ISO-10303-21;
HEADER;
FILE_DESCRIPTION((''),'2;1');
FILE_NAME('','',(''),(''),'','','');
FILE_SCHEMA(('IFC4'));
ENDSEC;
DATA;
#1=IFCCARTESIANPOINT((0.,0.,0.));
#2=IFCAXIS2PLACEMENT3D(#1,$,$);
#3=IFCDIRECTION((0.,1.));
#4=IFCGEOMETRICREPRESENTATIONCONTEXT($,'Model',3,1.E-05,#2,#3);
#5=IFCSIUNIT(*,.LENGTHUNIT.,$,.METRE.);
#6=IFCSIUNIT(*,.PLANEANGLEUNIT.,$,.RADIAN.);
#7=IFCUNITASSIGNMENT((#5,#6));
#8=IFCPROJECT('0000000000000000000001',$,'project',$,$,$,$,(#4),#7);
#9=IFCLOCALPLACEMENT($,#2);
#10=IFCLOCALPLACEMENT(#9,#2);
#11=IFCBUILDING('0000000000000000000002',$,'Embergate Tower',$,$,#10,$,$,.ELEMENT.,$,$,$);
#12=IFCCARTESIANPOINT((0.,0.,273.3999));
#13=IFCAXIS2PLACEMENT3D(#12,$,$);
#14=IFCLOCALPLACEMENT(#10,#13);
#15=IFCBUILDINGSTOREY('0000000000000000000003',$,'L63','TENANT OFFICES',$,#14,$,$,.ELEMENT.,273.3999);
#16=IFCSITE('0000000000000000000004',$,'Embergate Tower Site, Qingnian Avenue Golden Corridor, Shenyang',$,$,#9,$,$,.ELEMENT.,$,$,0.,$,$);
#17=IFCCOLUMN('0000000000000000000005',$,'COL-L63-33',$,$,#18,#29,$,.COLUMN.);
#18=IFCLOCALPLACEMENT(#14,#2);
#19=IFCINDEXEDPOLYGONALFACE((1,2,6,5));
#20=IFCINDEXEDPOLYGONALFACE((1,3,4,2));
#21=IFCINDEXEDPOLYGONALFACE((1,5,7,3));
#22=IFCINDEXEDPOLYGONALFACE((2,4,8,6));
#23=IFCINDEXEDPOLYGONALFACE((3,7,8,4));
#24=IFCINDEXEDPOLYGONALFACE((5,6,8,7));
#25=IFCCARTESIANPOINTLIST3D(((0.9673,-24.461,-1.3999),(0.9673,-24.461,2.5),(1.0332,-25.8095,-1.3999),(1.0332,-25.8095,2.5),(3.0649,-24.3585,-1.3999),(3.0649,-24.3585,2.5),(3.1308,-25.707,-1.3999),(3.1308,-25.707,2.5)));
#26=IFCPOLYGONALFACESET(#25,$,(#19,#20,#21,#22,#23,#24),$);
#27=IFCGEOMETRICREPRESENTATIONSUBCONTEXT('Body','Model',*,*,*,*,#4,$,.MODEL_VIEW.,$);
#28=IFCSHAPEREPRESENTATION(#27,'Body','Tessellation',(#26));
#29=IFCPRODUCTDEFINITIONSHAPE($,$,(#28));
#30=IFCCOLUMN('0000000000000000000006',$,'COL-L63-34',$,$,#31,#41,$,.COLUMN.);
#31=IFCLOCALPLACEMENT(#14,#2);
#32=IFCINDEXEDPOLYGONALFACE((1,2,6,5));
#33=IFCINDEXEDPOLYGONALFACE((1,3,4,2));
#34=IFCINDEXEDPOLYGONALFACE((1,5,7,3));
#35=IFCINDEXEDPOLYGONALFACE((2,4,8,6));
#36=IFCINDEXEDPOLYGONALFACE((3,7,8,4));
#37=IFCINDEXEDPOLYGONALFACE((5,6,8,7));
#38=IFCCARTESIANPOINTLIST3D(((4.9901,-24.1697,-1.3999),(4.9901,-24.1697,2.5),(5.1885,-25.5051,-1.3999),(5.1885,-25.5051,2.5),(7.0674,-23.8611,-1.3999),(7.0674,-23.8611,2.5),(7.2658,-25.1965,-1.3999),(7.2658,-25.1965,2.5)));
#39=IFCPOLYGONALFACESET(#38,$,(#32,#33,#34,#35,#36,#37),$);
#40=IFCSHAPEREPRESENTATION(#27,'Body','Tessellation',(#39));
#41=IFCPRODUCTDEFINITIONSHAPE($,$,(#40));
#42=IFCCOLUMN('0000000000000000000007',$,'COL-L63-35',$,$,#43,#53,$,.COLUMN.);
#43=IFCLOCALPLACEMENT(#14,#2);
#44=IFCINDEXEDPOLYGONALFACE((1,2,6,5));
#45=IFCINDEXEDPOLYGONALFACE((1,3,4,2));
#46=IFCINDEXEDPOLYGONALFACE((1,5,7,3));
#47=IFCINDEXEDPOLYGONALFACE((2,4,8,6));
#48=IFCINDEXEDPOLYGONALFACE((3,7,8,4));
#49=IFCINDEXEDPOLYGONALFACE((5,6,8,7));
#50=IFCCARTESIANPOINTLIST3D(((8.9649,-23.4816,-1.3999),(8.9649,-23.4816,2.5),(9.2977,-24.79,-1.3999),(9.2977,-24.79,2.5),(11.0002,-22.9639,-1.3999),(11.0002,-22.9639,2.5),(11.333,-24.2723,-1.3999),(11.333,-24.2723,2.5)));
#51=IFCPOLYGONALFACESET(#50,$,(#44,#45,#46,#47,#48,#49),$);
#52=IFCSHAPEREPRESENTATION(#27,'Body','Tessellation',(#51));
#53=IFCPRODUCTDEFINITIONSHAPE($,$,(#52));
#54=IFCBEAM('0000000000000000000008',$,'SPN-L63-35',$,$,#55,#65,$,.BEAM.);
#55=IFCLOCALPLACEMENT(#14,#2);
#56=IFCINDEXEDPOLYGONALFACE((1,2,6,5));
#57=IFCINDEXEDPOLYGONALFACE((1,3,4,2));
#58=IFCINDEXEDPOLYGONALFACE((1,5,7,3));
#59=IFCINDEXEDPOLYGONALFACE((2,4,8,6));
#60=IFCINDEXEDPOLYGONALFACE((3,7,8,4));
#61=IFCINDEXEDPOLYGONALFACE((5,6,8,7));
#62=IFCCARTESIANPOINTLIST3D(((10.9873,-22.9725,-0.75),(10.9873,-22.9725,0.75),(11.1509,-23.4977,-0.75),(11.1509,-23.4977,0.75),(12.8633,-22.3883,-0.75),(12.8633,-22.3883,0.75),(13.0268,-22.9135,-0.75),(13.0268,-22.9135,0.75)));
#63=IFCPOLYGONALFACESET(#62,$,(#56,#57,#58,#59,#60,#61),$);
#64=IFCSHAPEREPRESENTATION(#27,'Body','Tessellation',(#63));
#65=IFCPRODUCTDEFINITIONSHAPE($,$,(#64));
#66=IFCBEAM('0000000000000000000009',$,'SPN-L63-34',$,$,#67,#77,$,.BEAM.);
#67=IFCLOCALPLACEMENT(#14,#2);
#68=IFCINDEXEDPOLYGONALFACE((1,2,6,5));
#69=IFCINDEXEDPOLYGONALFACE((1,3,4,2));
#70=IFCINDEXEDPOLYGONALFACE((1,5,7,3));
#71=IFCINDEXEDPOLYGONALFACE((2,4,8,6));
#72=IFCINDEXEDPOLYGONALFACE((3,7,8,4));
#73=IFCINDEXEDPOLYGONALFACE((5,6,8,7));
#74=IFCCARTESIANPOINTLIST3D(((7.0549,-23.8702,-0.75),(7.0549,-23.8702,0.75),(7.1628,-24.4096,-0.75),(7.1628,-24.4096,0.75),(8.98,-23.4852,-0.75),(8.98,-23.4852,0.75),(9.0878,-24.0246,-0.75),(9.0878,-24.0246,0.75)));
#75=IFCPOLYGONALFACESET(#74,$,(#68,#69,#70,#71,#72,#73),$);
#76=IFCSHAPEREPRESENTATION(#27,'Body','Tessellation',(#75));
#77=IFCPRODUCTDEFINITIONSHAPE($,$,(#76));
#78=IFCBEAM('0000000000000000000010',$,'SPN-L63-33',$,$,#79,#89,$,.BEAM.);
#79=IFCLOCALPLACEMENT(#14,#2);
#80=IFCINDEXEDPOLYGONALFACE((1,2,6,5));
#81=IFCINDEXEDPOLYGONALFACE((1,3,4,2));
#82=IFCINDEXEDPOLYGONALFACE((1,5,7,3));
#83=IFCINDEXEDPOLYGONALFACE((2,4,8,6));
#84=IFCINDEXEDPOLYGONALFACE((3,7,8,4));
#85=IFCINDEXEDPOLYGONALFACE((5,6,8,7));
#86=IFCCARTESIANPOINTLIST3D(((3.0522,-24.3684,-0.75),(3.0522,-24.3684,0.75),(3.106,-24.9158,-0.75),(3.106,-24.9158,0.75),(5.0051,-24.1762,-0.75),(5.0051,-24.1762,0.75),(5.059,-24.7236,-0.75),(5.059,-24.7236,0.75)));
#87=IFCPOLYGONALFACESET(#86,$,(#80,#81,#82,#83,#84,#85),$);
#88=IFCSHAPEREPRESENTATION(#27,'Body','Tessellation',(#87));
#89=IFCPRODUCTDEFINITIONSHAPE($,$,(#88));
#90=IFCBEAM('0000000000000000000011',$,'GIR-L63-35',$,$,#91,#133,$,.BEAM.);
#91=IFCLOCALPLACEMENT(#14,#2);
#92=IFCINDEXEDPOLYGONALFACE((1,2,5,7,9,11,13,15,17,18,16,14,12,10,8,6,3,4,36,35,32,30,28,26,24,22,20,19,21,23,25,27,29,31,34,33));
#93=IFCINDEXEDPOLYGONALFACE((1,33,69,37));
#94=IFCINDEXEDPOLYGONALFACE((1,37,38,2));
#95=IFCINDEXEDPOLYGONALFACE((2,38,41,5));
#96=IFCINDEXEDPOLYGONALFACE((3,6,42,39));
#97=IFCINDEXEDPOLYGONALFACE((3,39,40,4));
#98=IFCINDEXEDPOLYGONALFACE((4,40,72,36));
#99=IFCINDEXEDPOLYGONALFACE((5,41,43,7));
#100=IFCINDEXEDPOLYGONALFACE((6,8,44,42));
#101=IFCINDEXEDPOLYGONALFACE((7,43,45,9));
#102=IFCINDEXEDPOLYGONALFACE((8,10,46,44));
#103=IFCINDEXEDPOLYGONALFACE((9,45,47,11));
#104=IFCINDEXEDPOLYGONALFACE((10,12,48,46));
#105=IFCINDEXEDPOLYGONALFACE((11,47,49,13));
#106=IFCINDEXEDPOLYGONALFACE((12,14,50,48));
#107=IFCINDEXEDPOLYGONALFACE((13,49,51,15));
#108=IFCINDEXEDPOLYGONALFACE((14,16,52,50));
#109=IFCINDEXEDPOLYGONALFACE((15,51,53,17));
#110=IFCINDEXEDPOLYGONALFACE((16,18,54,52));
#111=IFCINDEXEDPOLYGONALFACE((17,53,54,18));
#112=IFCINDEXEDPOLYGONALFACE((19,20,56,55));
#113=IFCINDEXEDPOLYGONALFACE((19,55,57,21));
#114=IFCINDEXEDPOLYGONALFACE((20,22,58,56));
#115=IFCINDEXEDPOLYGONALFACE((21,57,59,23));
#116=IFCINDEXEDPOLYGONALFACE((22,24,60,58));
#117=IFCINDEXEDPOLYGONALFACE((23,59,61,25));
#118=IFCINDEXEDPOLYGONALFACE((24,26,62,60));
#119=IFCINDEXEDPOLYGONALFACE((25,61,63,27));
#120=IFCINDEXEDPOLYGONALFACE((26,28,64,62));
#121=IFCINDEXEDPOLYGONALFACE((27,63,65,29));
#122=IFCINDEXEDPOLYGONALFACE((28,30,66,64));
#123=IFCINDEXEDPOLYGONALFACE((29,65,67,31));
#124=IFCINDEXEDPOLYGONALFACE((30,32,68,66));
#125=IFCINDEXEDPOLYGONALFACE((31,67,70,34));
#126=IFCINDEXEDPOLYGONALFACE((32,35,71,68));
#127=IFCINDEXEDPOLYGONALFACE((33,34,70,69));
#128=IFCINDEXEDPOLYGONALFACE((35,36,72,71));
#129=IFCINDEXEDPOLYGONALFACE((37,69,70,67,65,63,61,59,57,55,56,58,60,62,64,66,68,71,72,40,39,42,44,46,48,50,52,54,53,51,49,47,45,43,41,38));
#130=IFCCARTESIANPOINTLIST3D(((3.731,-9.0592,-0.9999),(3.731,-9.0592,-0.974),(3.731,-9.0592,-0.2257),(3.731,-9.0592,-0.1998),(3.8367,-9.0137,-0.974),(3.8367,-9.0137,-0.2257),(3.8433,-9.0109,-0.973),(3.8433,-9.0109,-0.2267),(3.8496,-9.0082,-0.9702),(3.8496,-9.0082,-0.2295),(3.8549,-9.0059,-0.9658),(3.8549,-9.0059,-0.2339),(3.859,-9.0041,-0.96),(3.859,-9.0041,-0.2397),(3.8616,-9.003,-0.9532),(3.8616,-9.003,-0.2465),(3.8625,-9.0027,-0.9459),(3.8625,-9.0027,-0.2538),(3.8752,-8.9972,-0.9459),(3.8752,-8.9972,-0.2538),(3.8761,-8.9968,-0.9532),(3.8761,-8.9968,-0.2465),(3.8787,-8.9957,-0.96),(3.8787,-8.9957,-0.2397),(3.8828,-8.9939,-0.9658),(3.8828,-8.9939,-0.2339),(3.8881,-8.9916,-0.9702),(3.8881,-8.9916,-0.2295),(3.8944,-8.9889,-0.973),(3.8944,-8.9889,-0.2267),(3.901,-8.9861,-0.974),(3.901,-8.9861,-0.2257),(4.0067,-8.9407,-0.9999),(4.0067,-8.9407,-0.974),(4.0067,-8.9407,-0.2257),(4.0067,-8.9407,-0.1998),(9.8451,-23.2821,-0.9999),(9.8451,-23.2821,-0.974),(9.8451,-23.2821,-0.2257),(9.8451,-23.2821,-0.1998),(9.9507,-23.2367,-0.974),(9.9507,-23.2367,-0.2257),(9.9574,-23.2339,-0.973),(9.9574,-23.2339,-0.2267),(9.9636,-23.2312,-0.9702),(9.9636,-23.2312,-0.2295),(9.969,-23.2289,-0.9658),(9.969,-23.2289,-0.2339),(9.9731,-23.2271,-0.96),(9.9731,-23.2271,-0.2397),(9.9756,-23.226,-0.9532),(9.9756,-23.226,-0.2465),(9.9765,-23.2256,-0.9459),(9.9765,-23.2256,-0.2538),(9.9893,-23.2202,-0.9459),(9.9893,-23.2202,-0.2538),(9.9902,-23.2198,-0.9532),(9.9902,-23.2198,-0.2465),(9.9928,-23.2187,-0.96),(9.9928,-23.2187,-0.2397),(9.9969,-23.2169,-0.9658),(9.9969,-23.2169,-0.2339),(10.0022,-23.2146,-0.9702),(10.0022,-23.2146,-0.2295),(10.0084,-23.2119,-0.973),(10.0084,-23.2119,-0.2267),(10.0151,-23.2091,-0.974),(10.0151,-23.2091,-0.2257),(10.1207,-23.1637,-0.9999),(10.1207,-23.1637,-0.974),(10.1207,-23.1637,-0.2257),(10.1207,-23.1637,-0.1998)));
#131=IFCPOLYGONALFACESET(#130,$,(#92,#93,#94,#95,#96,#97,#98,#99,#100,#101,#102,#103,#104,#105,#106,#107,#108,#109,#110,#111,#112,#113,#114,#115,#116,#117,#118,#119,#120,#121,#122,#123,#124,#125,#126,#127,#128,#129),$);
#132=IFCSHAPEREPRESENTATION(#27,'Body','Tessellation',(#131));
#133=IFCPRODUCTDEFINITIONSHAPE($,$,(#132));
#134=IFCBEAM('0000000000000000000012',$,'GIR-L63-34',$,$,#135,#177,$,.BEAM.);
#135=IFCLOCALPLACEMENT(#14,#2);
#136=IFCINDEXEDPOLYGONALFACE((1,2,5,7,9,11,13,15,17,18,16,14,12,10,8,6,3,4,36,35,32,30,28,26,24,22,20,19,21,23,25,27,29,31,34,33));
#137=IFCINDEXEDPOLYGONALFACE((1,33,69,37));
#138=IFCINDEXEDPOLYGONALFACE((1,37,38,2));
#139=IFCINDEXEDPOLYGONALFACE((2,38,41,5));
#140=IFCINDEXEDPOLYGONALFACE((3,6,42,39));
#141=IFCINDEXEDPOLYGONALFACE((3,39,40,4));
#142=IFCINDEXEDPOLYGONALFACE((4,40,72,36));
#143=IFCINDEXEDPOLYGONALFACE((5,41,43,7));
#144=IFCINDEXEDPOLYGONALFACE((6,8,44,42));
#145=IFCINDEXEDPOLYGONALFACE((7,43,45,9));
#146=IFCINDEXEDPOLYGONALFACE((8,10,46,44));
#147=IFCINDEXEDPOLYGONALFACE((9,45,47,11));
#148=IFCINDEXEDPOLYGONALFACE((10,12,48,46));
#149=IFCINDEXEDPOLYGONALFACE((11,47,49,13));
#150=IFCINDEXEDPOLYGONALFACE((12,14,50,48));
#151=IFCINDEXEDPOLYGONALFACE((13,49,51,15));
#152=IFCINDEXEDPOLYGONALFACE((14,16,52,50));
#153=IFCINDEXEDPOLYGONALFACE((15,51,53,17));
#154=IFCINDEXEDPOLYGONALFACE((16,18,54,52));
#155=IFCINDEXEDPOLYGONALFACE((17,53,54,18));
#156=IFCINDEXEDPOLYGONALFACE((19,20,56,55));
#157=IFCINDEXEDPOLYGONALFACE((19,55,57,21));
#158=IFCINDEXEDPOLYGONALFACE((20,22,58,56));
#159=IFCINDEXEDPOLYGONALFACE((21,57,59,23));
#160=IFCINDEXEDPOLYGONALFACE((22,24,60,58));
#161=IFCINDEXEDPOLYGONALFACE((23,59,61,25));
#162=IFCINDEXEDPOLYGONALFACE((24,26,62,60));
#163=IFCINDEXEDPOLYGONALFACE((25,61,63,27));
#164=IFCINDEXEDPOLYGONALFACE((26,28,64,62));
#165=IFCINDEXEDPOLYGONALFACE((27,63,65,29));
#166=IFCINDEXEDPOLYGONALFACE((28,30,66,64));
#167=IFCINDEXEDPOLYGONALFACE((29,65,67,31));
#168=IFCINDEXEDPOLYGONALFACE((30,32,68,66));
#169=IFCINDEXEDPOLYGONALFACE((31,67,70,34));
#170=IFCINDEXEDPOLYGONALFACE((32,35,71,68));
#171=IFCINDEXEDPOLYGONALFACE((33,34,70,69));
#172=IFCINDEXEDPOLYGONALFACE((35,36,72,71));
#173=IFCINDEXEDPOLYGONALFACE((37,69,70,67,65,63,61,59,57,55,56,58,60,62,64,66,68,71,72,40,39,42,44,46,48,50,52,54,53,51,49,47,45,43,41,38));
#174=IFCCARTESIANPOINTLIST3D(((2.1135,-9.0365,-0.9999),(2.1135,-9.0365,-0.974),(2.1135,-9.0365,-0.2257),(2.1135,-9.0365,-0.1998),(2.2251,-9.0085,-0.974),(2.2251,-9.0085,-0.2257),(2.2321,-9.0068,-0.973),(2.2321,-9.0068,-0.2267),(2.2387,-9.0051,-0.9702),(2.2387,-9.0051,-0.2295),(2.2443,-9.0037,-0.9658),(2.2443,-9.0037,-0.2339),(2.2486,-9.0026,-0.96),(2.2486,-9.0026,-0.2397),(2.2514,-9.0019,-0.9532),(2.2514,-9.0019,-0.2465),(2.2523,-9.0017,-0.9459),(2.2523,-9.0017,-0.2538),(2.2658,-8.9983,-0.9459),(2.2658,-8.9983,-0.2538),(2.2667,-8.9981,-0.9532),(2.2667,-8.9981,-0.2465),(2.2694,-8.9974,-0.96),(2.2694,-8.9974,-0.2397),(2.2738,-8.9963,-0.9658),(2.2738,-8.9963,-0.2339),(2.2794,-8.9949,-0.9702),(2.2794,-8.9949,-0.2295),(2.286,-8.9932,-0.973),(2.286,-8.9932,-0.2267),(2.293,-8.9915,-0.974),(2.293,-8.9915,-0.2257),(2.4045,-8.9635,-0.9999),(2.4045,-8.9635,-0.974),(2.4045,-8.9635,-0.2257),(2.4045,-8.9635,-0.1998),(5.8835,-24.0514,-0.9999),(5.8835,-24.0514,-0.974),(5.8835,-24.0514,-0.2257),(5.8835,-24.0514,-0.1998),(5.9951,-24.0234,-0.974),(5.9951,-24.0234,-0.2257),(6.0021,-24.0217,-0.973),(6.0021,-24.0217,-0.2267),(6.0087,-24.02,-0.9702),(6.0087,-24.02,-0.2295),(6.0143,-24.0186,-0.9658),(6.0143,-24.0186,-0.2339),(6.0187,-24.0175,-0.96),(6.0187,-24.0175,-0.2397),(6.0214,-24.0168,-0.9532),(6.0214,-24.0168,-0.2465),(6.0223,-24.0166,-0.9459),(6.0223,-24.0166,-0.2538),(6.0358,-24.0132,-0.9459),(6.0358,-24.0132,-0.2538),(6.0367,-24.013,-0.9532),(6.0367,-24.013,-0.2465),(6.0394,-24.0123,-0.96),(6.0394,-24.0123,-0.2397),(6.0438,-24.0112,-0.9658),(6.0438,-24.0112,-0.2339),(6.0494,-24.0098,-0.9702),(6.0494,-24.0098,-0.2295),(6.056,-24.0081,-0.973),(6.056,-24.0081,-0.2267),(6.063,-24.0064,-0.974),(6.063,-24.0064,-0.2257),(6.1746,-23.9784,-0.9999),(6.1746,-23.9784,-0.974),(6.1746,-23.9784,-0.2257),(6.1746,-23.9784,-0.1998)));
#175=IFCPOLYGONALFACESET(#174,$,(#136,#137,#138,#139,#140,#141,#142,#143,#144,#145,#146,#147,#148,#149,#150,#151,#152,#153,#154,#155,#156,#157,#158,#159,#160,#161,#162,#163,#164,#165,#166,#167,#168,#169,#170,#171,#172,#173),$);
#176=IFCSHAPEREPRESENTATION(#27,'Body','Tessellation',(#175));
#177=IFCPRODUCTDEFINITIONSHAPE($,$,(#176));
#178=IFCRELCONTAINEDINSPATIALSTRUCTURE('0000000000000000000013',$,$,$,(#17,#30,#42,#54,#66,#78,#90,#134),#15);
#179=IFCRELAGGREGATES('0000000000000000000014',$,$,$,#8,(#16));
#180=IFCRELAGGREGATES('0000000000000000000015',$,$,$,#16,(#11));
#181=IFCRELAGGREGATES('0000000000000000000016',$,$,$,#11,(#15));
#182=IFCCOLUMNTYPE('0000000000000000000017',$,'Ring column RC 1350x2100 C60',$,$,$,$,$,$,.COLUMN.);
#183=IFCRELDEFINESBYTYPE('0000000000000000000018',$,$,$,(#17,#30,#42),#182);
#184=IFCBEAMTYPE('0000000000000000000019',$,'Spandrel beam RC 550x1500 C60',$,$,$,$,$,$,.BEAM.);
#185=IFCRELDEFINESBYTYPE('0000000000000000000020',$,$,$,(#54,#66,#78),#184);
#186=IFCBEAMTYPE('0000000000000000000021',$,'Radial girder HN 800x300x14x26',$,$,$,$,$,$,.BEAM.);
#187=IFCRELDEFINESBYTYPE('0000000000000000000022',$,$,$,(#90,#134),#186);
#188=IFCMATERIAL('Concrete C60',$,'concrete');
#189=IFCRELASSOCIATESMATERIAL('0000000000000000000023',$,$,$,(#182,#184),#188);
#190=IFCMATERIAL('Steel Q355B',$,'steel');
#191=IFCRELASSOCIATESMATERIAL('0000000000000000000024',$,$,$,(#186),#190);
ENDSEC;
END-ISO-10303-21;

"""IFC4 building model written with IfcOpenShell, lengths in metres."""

from ifc_helpers import new_model, si_unit, direction, frame, origin, origin_2d, place, context, subcontext, project, spatial, rectangle, i_section, extrude, source, transform, mapped, material, material_profile, profile_set, type_object, element, save


model = new_model("IFC4")

# Units and contexts
model_context = context("Model", 3, precision=1e-05, world=origin(), true_north=direction((0.0, 1.0)))
body_context = subcontext(model_context, "Body", "Model", "MODEL_VIEW")
ifc_project = project(units=[si_unit("LENGTHUNIT", "METRE"), si_unit("PLANEANGLEUNIT", "RADIAN")], contexts=[model_context])

# Site, building, storey
site_placement = place(None, origin())
site = spatial("IfcSite", under=ifc_project, at=site_placement, Name="Embergate Tower Site, Qingnian Avenue Golden Corridor, Shenyang", CompositionType="ELEMENT", RefElevation=0.0)
building_placement = place(site_placement, origin())
building = spatial("IfcBuilding", under=site, at=building_placement, Name="Embergate Tower", CompositionType="ELEMENT")
storey_placement = place(building_placement, frame((0.0, 0.0, 273.3999)))
storey = spatial("IfcBuildingStorey", under=building, at=storey_placement, Name="L63", Description="TENANT OFFICES", CompositionType="ELEMENT", Elevation=273.3999)

# Columns
ifc_material_1 = material(Name="Concrete C60", Category="concrete")
ifc_material_profile_1 = material_profile(ifc_material_1, rectangle(XDim=1.3501, YDim=2.1001, at=origin_2d()), Name="RC 1350x2100")
ifc_profile_set_1 = profile_set([ifc_material_profile_1], Name="Concrete C60")
column_type = type_object("IfcColumnType", Name="Ring column RC 1350x2100 C60", PredefinedType="COLUMN", material=ifc_profile_set_1)
shared_shape_1 = source(origin(), body_context, "Body", "SweptSolid", [
    extrude(rectangle(XDim=1.3501, YDim=2.1001, at=origin_2d()), origin(), (0.0, 0.0, 1.0), 3.8999),
])
for number, where, z_axis, x_axis, name in (
    (1, (2.0491, -25.084, -1.3999), (0.0, 0.0, 1.0), (0.048815, -0.998808, 0.0), "COL-L63-33"),
    (2, (6.1279, -24.6831, -1.3999), (0.0, 0.0, 1.0), (0.146929, -0.989147, 0.0), "COL-L63-34"),
    (3, (10.1489, -23.877, -1.3999), (0.0, 0.0, 1.0), (0.246492, -0.969145, 0.0), "COL-L63-35"),
):
    element("IfcColumn", number, at=place(storey_placement, frame(where, z_axis=z_axis, x_axis=x_axis)), inside=storey, type_object=column_type, Name=name, PredefinedType="COLUMN", context=body_context, shape_type="MappedRepresentation", body=[
        mapped(shared_shape_1, transform((0.0, 0.0, 0.0))),
    ])

# Beams
ifc_material_profile_2 = material_profile(ifc_material_1, rectangle(XDim=0.55, YDim=1.5, at=origin_2d()), Name="RC 550x1500")
ifc_profile_set_2 = profile_set([ifc_material_profile_2], Name="Concrete C60")
beam_type_1 = type_object("IfcBeamType", Name="Spandrel beam RC 550x1500 C60", PredefinedType="BEAM", material=ifc_profile_set_2)
shared_shape_2 = source(origin(), body_context, "Body", "SweptSolid", [
    extrude(rectangle(XDim=0.55, YDim=1.5, at=origin_2d()), origin(), (0.0, 0.0, 1.0), 1.9648),
])
beam_1_placement = place(storey_placement, frame((11.0691, -23.2351, 0.0), z_axis=(0.954771, 0.297341, 0.0), x_axis=(-0.297341, 0.954771, 0.0)))
element("IfcBeam", 4, at=beam_1_placement, inside=storey, type_object=beam_type_1, Name="SPN-L63-35", PredefinedType="BEAM", context=body_context, shape_type="MappedRepresentation", body=[
    mapped(shared_shape_2, transform((0.0, 0.0, 0.0))),
])
shared_shape_3 = source(origin(), body_context, "Body", "SweptSolid", [
    extrude(rectangle(XDim=0.55, YDim=1.5, at=origin_2d()), origin(), (0.0, 0.0, 1.0), 1.9631),
])
beam_2_placement = place(storey_placement, frame((7.1089, -24.1399, 0.0), z_axis=(0.980581, 0.196116, 0.0), x_axis=(-0.196116, 0.980581, 0.0)))
element("IfcBeam", 5, at=beam_2_placement, inside=storey, type_object=beam_type_1, Name="SPN-L63-34", PredefinedType="BEAM", context=body_context, shape_type="MappedRepresentation", body=[
    mapped(shared_shape_3, transform((0.0, 0.0, 0.0))),
])
shared_shape_4 = source(origin(), body_context, "Body", "SweptSolid", [
    extrude(rectangle(XDim=0.55, YDim=1.5, at=origin_2d()), origin(), (0.0, 0.0, 1.0), 1.9624),
])
beam_3_placement = place(storey_placement, frame((3.0791, -24.6421, 0.0), z_axis=(0.995195, 0.097915, 0.0), x_axis=(-0.097915, 0.995195, 0.0)))
element("IfcBeam", 6, at=beam_3_placement, inside=storey, type_object=beam_type_1, Name="SPN-L63-33", PredefinedType="BEAM", context=body_context, shape_type="MappedRepresentation", body=[
    mapped(shared_shape_4, transform((0.0, 0.0, 0.0))),
])
ifc_material_2 = material(Name="Steel Q355B", Category="steel")
ifc_material_profile_3 = material_profile(ifc_material_2, i_section(OverallWidth=0.3, OverallDepth=0.8, WebThickness=0.0139, FlangeThickness=0.0259, FilletRadius=0.0281, at=origin_2d()), Name="HN 800x300x14x26")
ifc_profile_set_3 = profile_set([ifc_material_profile_3], Name="Steel Q355 grade B")
beam_type_2 = type_object("IfcBeamType", Name="Radial girder HN 800x300x14x26", PredefinedType="BEAM", material=ifc_profile_set_3)
shared_shape_5 = source(origin(), body_context, "Body", "SweptSolid", [
    extrude(i_section(OverallWidth=0.3, OverallDepth=0.8, WebThickness=0.0139, FlangeThickness=0.0259, FilletRadius=0.0281, at=origin_2d()), origin(), (0.0, 0.0, 1.0), 15.4814),
])
beam_4_placement = place(storey_placement, frame((9.9829, -23.2229, -0.5999), z_axis=(-0.394928, 0.918712, 0.0), x_axis=(-0.918712, -0.394928, 0.0)))
element("IfcBeam", 7, at=beam_4_placement, inside=storey, type_object=beam_type_2, Name="GIR-L63-35", PredefinedType="BEAM", context=body_context, shape_type="MappedRepresentation", body=[
    mapped(shared_shape_5, transform((0.0, 0.0, 0.0))),
])
shared_shape_6 = source(origin(), body_context, "Body", "SweptSolid", [
    extrude(i_section(OverallWidth=0.3, OverallDepth=0.8, WebThickness=0.0139, FlangeThickness=0.0259, FilletRadius=0.0281, at=origin_2d()), origin(), (0.0, 0.0, 1.0), 15.481),
])
beam_5_placement = place(storey_placement, frame((6.0291, -24.0149, -0.5999), z_axis=(-0.243526, 0.969894, 0.0), x_axis=(-0.969894, -0.243526, 0.0)))
element("IfcBeam", 8, at=beam_5_placement, inside=storey, type_object=beam_type_2, Name="GIR-L63-34", PredefinedType="BEAM", context=body_context, shape_type="MappedRepresentation", body=[
    mapped(shared_shape_6, transform((0.0, 0.0, 0.0))),
])

save(model, "model.ifc")
